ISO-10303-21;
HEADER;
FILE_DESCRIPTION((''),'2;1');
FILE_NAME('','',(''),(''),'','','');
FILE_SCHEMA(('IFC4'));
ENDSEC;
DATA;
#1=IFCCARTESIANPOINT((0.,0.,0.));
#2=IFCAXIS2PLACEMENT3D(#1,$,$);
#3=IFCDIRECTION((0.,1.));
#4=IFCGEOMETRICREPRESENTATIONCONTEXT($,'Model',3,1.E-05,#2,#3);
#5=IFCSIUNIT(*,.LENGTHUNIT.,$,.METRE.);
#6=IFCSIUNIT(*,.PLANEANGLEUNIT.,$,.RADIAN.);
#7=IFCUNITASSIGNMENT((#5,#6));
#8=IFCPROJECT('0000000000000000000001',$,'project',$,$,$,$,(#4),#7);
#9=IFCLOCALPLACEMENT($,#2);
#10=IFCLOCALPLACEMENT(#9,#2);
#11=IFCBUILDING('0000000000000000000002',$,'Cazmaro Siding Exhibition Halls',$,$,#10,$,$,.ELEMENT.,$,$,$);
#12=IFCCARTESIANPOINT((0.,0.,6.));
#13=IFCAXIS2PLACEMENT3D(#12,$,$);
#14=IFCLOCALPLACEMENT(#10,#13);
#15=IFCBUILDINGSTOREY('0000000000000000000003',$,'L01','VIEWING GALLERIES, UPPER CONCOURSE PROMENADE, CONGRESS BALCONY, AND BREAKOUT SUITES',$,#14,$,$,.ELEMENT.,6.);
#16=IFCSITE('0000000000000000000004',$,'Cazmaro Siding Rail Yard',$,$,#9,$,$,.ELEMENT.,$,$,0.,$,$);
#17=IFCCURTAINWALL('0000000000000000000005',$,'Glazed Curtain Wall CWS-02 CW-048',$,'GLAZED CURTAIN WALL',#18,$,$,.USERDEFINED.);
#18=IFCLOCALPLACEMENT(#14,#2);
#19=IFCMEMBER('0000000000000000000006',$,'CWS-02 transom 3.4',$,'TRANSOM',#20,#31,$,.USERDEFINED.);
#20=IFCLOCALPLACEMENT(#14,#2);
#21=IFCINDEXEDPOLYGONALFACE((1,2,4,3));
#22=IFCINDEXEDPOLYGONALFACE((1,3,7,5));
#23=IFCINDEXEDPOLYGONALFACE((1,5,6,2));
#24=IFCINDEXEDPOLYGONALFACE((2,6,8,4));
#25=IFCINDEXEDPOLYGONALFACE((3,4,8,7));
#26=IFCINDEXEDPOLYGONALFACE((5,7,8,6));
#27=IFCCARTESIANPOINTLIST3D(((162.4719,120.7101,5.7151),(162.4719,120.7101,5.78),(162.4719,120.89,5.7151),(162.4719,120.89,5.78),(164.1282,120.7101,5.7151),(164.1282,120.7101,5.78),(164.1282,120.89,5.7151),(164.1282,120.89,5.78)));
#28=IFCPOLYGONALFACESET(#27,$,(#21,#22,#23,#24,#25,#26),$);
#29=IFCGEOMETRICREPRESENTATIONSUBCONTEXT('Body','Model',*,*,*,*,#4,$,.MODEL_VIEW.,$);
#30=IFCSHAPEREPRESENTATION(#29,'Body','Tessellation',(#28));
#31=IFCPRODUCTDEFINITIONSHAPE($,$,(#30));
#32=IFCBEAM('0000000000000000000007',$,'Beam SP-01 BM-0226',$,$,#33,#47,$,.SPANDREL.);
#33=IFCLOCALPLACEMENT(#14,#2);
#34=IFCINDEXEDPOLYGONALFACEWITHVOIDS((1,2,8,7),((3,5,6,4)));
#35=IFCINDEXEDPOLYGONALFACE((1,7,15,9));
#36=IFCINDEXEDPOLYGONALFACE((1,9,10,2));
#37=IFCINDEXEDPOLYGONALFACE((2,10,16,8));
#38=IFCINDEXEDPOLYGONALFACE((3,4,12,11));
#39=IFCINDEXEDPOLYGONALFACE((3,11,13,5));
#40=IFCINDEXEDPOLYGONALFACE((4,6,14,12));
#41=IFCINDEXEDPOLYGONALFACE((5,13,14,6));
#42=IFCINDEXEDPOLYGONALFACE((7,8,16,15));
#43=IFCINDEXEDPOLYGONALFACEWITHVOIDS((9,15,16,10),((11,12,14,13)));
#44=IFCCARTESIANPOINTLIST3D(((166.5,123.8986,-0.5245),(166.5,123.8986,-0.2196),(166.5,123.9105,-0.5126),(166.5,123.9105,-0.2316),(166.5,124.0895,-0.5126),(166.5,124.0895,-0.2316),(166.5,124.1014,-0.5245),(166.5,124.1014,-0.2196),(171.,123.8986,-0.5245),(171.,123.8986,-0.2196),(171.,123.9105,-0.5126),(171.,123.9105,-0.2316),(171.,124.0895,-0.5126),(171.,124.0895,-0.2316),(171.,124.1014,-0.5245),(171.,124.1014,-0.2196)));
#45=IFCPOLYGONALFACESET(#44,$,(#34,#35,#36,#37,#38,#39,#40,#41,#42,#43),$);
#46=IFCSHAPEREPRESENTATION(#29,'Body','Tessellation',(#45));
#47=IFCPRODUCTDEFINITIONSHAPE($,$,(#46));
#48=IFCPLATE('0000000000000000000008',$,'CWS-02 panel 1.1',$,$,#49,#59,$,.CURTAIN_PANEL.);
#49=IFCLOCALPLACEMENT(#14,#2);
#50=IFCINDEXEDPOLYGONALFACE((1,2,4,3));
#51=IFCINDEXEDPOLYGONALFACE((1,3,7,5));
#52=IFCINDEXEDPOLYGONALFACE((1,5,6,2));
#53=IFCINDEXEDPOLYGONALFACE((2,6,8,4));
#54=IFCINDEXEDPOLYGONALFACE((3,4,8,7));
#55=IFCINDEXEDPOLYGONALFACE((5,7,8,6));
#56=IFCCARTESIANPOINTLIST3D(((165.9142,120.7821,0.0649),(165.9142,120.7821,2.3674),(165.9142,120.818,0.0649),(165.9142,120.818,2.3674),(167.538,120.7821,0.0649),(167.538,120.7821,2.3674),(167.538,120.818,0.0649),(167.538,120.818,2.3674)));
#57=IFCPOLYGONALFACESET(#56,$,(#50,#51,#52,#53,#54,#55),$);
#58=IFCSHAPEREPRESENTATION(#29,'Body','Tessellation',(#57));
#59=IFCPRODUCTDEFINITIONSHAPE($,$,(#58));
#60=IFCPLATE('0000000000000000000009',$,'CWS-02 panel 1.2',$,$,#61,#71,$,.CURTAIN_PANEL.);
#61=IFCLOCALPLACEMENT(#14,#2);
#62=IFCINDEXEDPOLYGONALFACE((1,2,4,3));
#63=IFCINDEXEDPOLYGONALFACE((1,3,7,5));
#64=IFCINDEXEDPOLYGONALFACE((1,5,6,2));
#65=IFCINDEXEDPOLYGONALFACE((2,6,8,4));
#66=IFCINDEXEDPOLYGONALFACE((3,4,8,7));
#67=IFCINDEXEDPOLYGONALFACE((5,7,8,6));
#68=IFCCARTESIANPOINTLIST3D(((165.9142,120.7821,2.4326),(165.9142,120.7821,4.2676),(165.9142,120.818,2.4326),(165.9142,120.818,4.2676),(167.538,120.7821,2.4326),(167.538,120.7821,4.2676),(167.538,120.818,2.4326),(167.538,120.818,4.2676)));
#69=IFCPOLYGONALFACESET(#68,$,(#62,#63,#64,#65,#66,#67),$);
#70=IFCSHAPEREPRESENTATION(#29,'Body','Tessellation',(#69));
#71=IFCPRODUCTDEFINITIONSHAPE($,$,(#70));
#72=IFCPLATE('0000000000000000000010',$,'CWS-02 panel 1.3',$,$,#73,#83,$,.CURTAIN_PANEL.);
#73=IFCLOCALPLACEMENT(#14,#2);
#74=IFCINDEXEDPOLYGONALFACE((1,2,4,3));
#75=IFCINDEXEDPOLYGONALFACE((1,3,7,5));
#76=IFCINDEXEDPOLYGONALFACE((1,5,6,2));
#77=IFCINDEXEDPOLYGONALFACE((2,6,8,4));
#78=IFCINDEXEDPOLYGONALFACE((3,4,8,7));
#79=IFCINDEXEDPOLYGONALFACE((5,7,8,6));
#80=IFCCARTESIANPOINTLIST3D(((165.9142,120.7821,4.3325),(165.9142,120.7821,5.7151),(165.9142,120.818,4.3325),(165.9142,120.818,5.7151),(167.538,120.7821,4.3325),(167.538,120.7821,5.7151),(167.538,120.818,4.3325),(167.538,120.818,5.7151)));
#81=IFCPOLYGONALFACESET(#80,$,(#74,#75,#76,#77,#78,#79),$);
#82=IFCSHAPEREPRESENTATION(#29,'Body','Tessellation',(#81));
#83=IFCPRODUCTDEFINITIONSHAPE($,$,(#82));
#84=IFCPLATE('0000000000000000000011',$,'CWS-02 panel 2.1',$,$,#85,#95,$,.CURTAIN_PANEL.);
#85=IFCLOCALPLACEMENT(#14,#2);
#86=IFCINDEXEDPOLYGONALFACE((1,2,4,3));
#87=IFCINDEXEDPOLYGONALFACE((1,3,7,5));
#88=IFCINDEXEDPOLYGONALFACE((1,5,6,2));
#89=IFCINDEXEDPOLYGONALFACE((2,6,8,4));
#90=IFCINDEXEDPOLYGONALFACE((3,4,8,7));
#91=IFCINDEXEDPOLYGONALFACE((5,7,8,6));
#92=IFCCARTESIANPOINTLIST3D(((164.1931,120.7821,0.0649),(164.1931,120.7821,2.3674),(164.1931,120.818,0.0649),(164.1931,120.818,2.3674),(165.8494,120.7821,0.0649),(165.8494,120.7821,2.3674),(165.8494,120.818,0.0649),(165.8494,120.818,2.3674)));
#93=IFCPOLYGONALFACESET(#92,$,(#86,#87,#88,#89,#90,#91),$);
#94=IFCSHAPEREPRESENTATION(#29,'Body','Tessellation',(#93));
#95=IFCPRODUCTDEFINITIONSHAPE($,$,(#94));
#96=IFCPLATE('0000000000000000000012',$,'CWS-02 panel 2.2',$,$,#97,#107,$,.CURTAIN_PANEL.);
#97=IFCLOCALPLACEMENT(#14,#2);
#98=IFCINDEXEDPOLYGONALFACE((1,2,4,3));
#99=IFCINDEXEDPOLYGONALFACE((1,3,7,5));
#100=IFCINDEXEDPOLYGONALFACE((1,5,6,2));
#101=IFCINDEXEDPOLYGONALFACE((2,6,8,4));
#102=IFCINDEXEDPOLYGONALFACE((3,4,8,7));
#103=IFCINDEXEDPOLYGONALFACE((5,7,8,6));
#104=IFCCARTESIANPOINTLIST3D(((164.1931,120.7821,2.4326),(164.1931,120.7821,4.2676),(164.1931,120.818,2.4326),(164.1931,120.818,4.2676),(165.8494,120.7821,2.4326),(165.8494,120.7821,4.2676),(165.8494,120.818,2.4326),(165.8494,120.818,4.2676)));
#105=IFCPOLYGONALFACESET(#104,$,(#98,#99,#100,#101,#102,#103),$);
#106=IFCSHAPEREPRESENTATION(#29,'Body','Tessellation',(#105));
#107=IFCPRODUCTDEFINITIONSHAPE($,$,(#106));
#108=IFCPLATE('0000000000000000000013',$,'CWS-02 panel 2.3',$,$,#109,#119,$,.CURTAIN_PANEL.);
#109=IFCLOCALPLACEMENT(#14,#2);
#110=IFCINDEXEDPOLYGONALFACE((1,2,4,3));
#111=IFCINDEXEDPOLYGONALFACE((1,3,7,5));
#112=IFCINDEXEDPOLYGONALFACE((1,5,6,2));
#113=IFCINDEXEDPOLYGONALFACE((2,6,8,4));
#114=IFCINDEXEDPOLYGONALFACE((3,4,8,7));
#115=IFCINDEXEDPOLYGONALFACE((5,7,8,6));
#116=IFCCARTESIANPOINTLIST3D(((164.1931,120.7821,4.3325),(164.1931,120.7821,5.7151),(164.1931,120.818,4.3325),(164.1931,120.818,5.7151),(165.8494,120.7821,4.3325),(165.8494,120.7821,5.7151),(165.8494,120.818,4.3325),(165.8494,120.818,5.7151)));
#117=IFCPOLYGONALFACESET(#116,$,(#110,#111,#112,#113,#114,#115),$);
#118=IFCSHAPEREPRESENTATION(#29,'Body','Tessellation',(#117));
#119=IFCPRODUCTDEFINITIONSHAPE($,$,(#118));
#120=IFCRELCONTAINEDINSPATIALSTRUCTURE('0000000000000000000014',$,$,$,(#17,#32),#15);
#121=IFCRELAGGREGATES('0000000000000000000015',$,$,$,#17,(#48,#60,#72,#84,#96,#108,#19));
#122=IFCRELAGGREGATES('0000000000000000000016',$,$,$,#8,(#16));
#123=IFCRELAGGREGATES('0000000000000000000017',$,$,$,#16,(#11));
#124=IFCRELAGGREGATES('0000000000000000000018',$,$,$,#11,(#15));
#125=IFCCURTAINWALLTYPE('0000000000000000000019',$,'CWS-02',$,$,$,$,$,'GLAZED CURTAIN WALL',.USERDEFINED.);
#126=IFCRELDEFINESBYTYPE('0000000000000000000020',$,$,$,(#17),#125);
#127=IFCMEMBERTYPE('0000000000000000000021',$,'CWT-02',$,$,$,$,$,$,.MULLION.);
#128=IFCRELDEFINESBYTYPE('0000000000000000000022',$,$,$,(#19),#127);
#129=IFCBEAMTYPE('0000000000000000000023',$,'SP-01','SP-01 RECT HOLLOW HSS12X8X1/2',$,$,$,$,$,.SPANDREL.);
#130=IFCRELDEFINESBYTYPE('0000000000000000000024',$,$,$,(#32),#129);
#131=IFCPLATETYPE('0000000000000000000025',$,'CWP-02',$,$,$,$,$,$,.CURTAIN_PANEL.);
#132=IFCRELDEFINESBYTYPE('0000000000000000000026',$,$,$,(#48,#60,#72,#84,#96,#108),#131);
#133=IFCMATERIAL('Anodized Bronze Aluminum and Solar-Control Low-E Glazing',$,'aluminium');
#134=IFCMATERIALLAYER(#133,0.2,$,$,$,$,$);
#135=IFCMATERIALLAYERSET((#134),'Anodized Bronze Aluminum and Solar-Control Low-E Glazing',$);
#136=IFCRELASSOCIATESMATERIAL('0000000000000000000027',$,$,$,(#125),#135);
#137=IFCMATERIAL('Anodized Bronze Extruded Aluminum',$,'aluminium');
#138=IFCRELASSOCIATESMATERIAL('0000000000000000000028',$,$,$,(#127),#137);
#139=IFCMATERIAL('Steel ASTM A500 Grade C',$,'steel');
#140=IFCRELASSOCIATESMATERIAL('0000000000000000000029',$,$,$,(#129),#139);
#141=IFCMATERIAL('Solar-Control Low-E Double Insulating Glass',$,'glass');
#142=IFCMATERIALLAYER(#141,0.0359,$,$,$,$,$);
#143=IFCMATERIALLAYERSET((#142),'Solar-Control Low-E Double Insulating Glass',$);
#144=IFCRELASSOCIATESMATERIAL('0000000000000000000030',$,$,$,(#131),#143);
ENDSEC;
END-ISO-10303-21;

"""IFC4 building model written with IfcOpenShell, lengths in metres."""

from ifc_helpers import new_model, si_unit, direction, frame, origin, origin_2d, place, context, subcontext, project, spatial, rectangle, hollow_rectangle, extrude, material, layer, layer_set, material_profile, profile_set, type_object, element, aggregate, save


model = new_model("IFC4")

# Units and contexts
model_context = context("Model", 3, precision=1e-05, world=origin(), true_north=direction((0.0, 1.0)))
body_context = subcontext(model_context, "Body", "Model", "MODEL_VIEW")
ifc_project = project(units=[si_unit("LENGTHUNIT", "METRE"), si_unit("PLANEANGLEUNIT", "RADIAN")], contexts=[model_context])

# Site, building, storey
site_placement = place(None, origin())
site = spatial("IfcSite", under=ifc_project, at=site_placement, Name="Cazmaro Siding Rail Yard", CompositionType="ELEMENT", RefElevation=0.0)
building_placement = place(site_placement, origin())
building = spatial("IfcBuilding", under=site, at=building_placement, Name="Cazmaro Siding Exhibition Halls", CompositionType="ELEMENT")
storey_placement = place(building_placement, frame((0.0, 0.0, 6.0)))
storey = spatial("IfcBuildingStorey", under=building, at=storey_placement, Name="L01", Description="VIEWING GALLERIES, UPPER CONCOURSE PROMENADE, CONGRESS BALCONY, AND BREAKOUT SUITES", CompositionType="ELEMENT", Elevation=6.0)

# Curtain wall, member
ifc_material_1 = material(Name="Anodized Bronze Aluminum and Solar-Control Low-E Glazing", Category="aluminium")
ifc_layer_1 = layer(ifc_material_1, 0.2)
ifc_layer_set_1 = layer_set([ifc_layer_1], Name="Anodized Bronze Aluminum and Solar-Control Low-E Glazing")
curtain_wall_type = type_object("IfcCurtainWallType", Name="CWS-02", ElementType="GLAZED CURTAIN WALL", PredefinedType="USERDEFINED", material=ifc_layer_set_1)
curtain_wall_placement = place(storey_placement, origin())
curtain_wall = element("IfcCurtainWall", 1, at=curtain_wall_placement, inside=storey, type_object=curtain_wall_type, Name="Glazed Curtain Wall CWS-02 CW-048", ObjectType="GLAZED CURTAIN WALL", PredefinedType="USERDEFINED")
ifc_material_2 = material(Name="Anodized Bronze Extruded Aluminum", Category="aluminium")
ifc_material_profile_1 = material_profile(ifc_material_2, rectangle(XDim=0.1799, YDim=0.0649, at=origin_2d()), Name="CWT-02")
ifc_profile_set_1 = profile_set([ifc_material_profile_1], Name="Anodized Bronze Extruded Aluminum")
member_type_1 = type_object("IfcMemberType", Name="CWT-02", PredefinedType="MULLION", material=ifc_profile_set_1)
member_1_placement = place(storey_placement, frame((164.1282, 120.8, 5.7476), z_axis=(-1.0, 0.0, 0.0), x_axis=(0.0, -1.0, 0.0)))
member_1 = element("IfcMember", 2, at=member_1_placement, type_object=member_type_1, Name="CWS-02 transom 3.4", ObjectType="TRANSOM", PredefinedType="USERDEFINED", context=body_context, shape_type="SweptSolid", body=[
    extrude(rectangle(XDim=0.1799, YDim=0.0649, at=origin_2d()), origin(), (0.0, 0.0, 1.0), 1.6562),
])

# Beam
ifc_material_3 = material(Name="Steel ASTM A500 Grade C", Category="steel")
ifc_material_profile_2 = material_profile(ifc_material_3, hollow_rectangle(XDim=0.2029, YDim=0.3049, WallThickness=0.012, at=origin_2d()), Name="HSS12X8X1/2")
ifc_profile_set_2 = profile_set([ifc_material_profile_2], Name="Steel ASTM A500 Grade C")
beam_type = type_object("IfcBeamType", Name="SP-01", Description="SP-01 RECT HOLLOW HSS12X8X1/2", PredefinedType="SPANDREL", material=ifc_profile_set_2)
beam_placement = place(storey_placement, frame((166.5, 124.0, -0.3721), z_axis=(1.0, 0.0, 0.0), x_axis=(0.0, 1.0, 0.0)))
element("IfcBeam", 3, at=beam_placement, inside=storey, type_object=beam_type, Name="Beam SP-01 BM-0226", PredefinedType="SPANDREL", context=body_context, shape_type="SweptSolid", body=[
    extrude(hollow_rectangle(XDim=0.2029, YDim=0.3049, WallThickness=0.012, at=origin_2d()), origin(), (0.0, 0.0, 1.0), 4.5),
])

# Plates
ifc_material_4 = material(Name="Solar-Control Low-E Double Insulating Glass", Category="glass")
ifc_layer_2 = layer(ifc_material_4, 0.0359)
ifc_layer_set_2 = layer_set([ifc_layer_2], Name="Solar-Control Low-E Double Insulating Glass")
plate_type = type_object("IfcPlateType", Name="CWP-02", PredefinedType="CURTAIN_PANEL", material=ifc_layer_set_2)
plate_1_placement = place(storey_placement, frame((166.7261, 120.8, 0.0649), z_axis=(0.0, 0.0, 1.0), x_axis=(-1.0, 0.0, 0.0)))
plate_1 = element("IfcPlate", 4, at=plate_1_placement, type_object=plate_type, Name="CWS-02 panel 1.1", PredefinedType="CURTAIN_PANEL", context=body_context, shape_type="SweptSolid", body=[
    extrude(rectangle(XDim=1.6238, YDim=0.0359, at=origin_2d()), origin(), (0.0, 0.0, 1.0), 2.3025),
])
plate_2_placement = place(storey_placement, frame((166.7261, 120.8, 2.4326), z_axis=(0.0, 0.0, 1.0), x_axis=(-1.0, 0.0, 0.0)))
plate_2 = element("IfcPlate", 5, at=plate_2_placement, type_object=plate_type, Name="CWS-02 panel 1.2", PredefinedType="CURTAIN_PANEL", context=body_context, shape_type="SweptSolid", body=[
    extrude(rectangle(XDim=1.6238, YDim=0.0359, at=origin_2d()), origin(), (0.0, 0.0, 1.0), 1.835),
])
plate_3_placement = place(storey_placement, frame((166.7261, 120.8, 4.3325), z_axis=(0.0, 0.0, 1.0), x_axis=(-1.0, 0.0, 0.0)))
plate_3 = element("IfcPlate", 6, at=plate_3_placement, type_object=plate_type, Name="CWS-02 panel 1.3", PredefinedType="CURTAIN_PANEL", context=body_context, shape_type="SweptSolid", body=[
    extrude(rectangle(XDim=1.6238, YDim=0.0359, at=origin_2d()), origin(), (0.0, 0.0, 1.0), 1.3826),
])
plate_4_placement = place(storey_placement, frame((165.0212, 120.8, 0.0649), z_axis=(0.0, 0.0, 1.0), x_axis=(-1.0, 0.0, 0.0)))
plate_4 = element("IfcPlate", 7, at=plate_4_placement, type_object=plate_type, Name="CWS-02 panel 2.1", PredefinedType="CURTAIN_PANEL", context=body_context, shape_type="SweptSolid", body=[
    extrude(rectangle(XDim=1.6562, YDim=0.0359, at=origin_2d()), origin(), (0.0, 0.0, 1.0), 2.3025),
])
plate_5_placement = place(storey_placement, frame((165.0212, 120.8, 2.4326), z_axis=(0.0, 0.0, 1.0), x_axis=(-1.0, 0.0, 0.0)))
plate_5 = element("IfcPlate", 8, at=plate_5_placement, type_object=plate_type, Name="CWS-02 panel 2.2", PredefinedType="CURTAIN_PANEL", context=body_context, shape_type="SweptSolid", body=[
    extrude(rectangle(XDim=1.6562, YDim=0.0359, at=origin_2d()), origin(), (0.0, 0.0, 1.0), 1.835),
])
plate_6_placement = place(storey_placement, frame((165.0212, 120.8, 4.3325), z_axis=(0.0, 0.0, 1.0), x_axis=(-1.0, 0.0, 0.0)))
plate_6 = element("IfcPlate", 9, at=plate_6_placement, type_object=plate_type, Name="CWS-02 panel 2.3", PredefinedType="CURTAIN_PANEL", context=body_context, shape_type="SweptSolid", body=[
    extrude(rectangle(XDim=1.6562, YDim=0.0359, at=origin_2d()), origin(), (0.0, 0.0, 1.0), 1.3826),
])
aggregate(curtain_wall, [plate_1, plate_2, plate_3, plate_4, plate_5, plate_6, member_1])

save(model, "model.ifc")
